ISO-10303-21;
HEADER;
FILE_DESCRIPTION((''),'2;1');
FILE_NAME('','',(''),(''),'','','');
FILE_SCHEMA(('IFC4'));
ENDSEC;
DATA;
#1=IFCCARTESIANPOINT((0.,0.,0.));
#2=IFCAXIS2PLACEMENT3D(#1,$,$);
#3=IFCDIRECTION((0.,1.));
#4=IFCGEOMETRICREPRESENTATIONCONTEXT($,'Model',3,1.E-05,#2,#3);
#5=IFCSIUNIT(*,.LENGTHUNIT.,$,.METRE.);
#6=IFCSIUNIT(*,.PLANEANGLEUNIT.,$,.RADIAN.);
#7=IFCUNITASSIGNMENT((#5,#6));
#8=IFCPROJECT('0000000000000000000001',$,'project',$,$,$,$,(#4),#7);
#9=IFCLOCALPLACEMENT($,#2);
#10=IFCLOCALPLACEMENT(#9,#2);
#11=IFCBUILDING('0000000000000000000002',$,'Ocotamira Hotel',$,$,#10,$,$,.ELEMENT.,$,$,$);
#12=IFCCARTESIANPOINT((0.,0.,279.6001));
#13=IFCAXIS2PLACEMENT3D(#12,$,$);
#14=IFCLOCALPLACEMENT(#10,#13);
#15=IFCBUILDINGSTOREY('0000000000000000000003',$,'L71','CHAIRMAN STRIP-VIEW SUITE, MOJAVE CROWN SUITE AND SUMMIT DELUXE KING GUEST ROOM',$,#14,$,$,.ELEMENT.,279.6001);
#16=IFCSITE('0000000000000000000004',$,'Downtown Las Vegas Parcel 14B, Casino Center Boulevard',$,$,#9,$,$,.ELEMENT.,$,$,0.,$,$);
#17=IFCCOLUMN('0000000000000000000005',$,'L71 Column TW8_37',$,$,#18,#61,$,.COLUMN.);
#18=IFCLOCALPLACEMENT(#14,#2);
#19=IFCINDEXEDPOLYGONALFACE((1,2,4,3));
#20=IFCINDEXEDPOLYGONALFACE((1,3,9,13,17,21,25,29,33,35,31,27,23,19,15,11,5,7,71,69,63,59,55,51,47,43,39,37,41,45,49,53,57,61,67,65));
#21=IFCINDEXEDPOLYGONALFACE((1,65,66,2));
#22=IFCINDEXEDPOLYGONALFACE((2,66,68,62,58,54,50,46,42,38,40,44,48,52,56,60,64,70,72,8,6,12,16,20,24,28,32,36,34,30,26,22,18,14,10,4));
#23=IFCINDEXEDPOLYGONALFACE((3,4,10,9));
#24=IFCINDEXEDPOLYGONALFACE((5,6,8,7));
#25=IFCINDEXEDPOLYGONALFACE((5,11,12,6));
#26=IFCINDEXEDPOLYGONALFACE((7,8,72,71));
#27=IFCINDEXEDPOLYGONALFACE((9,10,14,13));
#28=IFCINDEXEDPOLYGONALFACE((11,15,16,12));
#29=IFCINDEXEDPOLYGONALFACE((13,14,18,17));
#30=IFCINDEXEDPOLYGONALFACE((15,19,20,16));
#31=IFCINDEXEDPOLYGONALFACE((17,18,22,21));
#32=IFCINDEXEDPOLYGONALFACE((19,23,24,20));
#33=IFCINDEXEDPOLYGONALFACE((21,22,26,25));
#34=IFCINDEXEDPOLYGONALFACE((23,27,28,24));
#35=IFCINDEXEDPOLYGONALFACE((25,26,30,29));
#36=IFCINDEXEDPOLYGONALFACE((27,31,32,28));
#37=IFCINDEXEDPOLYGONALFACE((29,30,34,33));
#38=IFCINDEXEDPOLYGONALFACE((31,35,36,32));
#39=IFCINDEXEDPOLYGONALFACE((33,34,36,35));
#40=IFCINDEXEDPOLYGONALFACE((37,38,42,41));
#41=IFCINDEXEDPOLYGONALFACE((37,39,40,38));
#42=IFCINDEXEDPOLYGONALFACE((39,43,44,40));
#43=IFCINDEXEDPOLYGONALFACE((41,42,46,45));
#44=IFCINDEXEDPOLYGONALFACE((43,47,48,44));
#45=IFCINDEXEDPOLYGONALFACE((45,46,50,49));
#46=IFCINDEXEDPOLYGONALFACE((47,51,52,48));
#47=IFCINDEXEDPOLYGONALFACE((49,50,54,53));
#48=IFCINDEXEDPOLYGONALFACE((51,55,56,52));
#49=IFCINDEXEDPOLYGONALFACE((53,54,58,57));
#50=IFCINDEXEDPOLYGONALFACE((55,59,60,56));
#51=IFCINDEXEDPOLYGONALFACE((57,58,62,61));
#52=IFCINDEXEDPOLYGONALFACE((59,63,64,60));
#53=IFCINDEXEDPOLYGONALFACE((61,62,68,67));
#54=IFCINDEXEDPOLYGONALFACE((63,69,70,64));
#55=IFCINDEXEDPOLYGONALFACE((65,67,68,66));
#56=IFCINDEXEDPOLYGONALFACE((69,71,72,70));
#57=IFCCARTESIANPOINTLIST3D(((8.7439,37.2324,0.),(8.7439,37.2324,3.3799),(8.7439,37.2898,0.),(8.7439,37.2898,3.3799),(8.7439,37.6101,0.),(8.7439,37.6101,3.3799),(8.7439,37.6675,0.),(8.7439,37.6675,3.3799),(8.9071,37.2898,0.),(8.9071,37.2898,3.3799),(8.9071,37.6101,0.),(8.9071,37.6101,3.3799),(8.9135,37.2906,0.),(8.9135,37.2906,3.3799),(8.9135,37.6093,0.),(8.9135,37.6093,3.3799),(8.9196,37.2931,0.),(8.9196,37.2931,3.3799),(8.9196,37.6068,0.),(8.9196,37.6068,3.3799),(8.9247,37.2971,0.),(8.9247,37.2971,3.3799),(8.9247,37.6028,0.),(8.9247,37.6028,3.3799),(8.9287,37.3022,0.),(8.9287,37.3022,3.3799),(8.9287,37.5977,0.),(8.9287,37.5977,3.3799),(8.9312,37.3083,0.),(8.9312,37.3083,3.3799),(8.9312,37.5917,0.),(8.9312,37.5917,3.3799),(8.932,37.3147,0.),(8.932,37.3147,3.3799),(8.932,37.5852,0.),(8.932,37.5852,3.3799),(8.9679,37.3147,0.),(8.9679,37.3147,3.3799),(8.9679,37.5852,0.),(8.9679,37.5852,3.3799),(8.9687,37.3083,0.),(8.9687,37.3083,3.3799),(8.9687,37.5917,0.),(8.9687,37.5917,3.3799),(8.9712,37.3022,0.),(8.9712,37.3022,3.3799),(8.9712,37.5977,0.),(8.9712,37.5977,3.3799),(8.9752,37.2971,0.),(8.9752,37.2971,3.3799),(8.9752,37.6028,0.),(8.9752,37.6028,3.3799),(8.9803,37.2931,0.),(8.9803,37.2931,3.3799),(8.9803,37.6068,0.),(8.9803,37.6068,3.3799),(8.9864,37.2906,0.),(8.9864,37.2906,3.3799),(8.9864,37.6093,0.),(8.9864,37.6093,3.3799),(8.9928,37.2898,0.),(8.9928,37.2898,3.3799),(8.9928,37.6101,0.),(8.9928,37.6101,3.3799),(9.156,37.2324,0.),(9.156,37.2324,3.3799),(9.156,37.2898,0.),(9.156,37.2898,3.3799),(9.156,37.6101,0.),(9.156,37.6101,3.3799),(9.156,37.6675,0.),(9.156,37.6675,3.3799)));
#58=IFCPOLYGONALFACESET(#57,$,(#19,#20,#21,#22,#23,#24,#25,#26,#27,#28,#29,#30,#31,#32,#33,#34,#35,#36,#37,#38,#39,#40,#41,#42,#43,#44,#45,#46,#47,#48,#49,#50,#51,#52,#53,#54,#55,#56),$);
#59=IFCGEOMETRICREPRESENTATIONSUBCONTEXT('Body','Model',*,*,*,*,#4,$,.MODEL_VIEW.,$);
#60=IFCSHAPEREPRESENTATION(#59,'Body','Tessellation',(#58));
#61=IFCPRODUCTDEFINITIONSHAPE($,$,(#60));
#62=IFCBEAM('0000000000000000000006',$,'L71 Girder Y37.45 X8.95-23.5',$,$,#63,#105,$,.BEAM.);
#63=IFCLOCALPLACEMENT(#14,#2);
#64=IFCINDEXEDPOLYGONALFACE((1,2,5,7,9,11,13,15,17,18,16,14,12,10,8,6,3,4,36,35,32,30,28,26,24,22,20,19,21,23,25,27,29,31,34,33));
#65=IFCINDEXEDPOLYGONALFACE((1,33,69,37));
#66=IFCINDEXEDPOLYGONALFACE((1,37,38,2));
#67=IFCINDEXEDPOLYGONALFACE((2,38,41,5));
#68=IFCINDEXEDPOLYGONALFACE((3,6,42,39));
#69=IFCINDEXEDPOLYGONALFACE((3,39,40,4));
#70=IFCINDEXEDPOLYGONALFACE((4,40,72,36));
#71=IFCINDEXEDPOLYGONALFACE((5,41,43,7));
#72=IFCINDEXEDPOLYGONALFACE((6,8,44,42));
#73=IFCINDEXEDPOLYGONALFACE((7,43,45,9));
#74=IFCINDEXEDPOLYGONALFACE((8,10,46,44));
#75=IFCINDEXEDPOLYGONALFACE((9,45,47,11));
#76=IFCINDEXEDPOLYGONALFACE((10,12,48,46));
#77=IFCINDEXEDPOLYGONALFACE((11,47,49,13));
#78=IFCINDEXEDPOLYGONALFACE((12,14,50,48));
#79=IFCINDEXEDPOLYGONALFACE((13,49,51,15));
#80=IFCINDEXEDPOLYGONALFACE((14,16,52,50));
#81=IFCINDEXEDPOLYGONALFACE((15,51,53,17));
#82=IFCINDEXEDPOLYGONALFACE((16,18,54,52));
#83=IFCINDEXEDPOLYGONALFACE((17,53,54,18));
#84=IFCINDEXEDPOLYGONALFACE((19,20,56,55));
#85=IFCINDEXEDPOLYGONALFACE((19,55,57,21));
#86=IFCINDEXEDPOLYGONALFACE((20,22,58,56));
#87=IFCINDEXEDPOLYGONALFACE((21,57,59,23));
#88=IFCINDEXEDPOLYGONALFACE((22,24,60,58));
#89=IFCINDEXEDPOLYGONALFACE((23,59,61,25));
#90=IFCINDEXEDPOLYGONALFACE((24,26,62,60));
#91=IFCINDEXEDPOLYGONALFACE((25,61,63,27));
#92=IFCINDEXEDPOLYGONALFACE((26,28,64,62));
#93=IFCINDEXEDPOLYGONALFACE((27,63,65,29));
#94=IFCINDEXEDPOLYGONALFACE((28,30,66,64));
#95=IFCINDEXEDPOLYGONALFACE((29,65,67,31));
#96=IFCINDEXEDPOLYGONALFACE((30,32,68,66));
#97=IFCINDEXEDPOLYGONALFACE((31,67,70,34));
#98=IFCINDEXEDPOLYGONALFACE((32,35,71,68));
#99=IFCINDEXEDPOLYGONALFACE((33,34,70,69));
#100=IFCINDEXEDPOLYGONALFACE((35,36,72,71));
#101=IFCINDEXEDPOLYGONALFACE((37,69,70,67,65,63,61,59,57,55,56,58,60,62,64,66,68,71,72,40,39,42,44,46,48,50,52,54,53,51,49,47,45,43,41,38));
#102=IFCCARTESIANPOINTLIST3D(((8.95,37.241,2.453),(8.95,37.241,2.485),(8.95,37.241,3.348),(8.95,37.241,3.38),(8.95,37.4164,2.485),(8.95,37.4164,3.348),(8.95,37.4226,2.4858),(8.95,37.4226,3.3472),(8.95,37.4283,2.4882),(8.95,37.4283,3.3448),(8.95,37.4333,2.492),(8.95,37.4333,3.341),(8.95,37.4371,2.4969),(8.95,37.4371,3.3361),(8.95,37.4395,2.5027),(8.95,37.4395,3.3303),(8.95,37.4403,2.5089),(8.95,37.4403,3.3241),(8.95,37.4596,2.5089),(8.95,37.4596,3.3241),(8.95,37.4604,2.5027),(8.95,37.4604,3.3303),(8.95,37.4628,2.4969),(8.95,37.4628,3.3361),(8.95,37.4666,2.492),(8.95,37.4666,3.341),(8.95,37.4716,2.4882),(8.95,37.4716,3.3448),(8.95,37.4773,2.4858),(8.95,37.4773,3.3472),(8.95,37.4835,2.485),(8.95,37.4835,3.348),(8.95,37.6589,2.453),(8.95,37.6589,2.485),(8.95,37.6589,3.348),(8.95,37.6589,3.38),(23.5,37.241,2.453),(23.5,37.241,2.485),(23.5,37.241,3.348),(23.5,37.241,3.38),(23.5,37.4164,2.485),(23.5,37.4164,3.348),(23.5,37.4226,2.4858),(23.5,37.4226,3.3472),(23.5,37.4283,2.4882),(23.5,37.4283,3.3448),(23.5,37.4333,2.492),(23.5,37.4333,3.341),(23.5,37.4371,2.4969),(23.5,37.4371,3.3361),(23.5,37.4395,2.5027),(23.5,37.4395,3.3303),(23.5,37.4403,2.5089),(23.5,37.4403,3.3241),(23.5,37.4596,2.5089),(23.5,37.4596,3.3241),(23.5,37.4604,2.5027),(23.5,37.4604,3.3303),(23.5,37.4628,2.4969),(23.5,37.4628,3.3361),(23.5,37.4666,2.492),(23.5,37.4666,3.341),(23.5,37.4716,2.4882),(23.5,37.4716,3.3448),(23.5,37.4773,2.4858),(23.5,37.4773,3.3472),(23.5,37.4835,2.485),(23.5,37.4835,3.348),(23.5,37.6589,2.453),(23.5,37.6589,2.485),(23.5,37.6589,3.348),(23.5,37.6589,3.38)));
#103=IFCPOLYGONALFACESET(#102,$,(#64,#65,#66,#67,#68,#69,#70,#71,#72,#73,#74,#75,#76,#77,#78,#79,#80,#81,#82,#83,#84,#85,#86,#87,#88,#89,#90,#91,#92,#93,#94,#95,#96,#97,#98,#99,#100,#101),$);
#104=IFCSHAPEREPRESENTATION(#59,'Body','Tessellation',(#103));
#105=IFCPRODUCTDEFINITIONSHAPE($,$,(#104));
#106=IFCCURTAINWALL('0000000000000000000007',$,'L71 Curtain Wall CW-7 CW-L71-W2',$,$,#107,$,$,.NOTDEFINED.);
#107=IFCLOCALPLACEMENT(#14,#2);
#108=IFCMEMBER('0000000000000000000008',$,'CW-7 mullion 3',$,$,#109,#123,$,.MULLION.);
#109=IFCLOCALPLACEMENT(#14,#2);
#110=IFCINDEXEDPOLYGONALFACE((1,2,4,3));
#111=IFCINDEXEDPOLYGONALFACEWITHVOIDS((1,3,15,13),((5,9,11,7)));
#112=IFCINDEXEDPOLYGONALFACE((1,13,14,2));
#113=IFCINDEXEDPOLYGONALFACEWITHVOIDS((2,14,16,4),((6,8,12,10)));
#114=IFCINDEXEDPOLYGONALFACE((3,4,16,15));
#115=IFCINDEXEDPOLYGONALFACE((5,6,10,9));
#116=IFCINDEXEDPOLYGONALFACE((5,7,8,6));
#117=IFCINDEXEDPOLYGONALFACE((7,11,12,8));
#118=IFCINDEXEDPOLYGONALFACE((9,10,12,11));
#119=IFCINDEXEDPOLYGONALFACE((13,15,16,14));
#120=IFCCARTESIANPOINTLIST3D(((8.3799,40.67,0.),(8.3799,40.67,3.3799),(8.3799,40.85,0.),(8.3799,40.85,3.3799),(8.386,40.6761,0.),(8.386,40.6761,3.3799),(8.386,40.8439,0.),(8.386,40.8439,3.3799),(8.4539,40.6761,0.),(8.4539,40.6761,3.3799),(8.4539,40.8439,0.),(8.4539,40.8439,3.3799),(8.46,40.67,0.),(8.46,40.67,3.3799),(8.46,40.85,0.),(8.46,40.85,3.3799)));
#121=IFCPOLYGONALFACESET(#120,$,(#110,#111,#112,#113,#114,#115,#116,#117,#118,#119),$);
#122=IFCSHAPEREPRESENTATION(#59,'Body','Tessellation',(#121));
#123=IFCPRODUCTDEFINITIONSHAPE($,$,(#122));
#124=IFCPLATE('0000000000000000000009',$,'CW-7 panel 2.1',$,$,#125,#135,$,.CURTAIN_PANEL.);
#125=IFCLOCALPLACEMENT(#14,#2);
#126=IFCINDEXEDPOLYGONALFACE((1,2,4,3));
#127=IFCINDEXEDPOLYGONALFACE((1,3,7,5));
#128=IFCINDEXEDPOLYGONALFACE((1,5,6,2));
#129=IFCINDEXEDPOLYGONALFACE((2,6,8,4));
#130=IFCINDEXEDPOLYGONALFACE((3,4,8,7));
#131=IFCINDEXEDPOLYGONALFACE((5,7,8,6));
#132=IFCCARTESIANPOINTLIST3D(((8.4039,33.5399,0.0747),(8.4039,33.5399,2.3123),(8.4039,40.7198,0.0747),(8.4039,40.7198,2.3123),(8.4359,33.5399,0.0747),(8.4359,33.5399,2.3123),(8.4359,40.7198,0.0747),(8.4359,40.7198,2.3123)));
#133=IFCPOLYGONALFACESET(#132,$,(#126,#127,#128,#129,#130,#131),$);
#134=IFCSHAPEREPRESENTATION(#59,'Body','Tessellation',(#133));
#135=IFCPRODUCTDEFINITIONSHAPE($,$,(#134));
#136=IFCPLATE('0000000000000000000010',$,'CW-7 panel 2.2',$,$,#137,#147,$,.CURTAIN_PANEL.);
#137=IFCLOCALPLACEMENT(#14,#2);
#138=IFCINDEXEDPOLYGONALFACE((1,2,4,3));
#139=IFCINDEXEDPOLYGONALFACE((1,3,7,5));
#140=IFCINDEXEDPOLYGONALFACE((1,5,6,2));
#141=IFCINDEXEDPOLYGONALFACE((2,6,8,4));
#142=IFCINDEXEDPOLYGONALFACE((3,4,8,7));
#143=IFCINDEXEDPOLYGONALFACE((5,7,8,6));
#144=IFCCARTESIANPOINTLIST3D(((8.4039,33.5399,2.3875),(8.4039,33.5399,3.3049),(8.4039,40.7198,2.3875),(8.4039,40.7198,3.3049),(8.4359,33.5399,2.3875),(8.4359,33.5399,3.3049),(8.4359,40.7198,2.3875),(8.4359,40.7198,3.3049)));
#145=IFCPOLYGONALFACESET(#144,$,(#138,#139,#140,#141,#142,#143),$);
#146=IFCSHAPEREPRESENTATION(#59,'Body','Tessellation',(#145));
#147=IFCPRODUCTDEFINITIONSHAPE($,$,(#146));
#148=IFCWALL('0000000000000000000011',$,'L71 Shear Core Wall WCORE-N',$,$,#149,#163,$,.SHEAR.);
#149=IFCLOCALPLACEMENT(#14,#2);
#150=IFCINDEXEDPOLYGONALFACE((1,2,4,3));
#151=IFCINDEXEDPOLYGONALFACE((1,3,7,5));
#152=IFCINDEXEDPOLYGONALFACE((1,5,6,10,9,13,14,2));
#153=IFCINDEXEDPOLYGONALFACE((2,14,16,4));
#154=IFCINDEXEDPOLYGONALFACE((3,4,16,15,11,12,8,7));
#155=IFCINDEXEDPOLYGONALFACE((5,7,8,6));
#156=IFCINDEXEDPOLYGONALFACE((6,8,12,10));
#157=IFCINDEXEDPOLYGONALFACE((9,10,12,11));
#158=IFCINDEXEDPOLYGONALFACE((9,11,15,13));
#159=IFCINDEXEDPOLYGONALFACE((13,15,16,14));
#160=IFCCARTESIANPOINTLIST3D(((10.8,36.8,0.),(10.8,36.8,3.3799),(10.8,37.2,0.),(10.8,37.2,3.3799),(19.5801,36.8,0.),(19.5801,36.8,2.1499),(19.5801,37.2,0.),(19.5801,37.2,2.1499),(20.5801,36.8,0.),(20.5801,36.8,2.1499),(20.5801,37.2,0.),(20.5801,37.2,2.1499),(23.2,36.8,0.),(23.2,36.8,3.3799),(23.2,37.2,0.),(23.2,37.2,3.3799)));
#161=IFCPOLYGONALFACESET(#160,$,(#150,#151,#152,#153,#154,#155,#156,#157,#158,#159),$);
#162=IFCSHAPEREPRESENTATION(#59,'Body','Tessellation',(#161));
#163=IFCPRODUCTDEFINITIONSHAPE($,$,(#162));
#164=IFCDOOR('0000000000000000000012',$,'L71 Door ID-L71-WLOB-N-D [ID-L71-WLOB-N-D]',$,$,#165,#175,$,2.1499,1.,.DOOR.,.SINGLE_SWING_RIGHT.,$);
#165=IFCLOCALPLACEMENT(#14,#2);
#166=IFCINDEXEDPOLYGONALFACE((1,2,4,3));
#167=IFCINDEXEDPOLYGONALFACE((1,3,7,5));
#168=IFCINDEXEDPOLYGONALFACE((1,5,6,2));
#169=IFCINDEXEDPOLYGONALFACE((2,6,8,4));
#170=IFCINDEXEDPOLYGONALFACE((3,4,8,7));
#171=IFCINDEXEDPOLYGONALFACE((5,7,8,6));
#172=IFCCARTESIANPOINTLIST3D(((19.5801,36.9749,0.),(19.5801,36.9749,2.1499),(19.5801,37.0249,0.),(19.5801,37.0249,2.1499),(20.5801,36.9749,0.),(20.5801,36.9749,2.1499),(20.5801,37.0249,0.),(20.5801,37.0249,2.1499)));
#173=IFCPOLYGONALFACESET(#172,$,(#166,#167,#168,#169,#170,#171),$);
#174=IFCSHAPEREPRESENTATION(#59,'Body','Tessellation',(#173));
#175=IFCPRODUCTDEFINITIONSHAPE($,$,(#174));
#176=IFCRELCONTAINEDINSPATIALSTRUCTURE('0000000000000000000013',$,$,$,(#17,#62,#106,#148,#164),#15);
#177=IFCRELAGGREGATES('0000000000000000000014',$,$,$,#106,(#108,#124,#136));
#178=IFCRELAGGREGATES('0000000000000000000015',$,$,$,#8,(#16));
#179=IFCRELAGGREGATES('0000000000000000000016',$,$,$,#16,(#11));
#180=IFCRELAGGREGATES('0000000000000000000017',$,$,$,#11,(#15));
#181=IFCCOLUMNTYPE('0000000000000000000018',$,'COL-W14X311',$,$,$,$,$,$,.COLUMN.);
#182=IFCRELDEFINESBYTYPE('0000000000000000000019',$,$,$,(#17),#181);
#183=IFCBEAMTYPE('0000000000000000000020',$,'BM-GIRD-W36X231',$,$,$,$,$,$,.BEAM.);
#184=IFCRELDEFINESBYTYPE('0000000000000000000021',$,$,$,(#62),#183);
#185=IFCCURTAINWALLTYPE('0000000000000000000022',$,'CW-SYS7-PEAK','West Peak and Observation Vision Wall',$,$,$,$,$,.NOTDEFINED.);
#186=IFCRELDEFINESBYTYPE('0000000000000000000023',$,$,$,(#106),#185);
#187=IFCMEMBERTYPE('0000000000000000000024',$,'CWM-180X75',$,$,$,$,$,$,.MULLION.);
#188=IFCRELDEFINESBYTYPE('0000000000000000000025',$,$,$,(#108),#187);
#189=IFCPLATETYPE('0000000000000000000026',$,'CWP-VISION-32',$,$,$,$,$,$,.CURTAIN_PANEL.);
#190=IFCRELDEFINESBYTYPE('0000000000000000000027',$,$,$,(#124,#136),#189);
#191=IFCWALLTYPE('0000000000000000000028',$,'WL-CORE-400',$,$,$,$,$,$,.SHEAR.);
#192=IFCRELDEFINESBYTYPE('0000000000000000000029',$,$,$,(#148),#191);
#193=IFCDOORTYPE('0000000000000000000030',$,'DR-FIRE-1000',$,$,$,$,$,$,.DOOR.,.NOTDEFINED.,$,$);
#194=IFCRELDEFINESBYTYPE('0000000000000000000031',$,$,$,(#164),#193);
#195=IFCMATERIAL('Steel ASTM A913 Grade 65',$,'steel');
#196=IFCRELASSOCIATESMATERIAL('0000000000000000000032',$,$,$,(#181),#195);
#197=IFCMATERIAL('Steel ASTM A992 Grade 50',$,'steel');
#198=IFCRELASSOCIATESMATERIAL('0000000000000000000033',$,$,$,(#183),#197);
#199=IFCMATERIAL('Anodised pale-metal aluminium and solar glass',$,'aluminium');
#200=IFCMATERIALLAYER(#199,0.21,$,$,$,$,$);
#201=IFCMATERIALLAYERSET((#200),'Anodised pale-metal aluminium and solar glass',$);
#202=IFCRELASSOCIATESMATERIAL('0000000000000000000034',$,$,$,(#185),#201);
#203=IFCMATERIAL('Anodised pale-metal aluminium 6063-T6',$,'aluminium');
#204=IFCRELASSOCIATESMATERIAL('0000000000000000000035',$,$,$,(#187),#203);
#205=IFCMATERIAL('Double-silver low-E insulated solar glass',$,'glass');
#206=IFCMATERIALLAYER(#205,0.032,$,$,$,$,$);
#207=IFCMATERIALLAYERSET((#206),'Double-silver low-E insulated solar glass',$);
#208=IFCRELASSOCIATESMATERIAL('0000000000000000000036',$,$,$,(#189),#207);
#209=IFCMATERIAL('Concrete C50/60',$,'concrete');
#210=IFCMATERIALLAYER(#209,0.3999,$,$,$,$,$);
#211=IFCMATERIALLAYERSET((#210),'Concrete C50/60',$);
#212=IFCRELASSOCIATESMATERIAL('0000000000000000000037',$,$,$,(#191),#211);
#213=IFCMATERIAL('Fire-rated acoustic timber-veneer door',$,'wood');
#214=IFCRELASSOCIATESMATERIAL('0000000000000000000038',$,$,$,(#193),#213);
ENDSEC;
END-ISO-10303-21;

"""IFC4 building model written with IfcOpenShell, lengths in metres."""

from ifc_helpers import new_model, si_unit, direction, frame, frame_2d, origin, origin_2d, place, context, subcontext, project, spatial, rectangle, hollow_rectangle, i_section, extrude, source, transform, mapped, material, layer, layer_set, material_profile, profile_set, type_object, element, fill, aggregate, save


model = new_model("IFC4")

# Units and contexts
model_context = context("Model", 3, precision=1e-05, world=origin(), true_north=direction((0.0, 1.0)))
body_context = subcontext(model_context, "Body", "Model", "MODEL_VIEW")
ifc_project = project(units=[si_unit("LENGTHUNIT", "METRE"), si_unit("PLANEANGLEUNIT", "RADIAN")], contexts=[model_context])

# Site, building, storey
site_placement = place(None, origin())
site = spatial("IfcSite", under=ifc_project, at=site_placement, Name="Downtown Las Vegas Parcel 14B, Casino Center Boulevard", CompositionType="ELEMENT", RefElevation=0.0)
building_placement = place(site_placement, origin())
building = spatial("IfcBuilding", under=site, at=building_placement, Name="Ocotamira Hotel", CompositionType="ELEMENT")
storey_placement = place(building_placement, frame((0.0, 0.0, 279.6001)))
storey = spatial("IfcBuildingStorey", under=building, at=storey_placement, Name="L71", Description="CHAIRMAN STRIP-VIEW SUITE, MOJAVE CROWN SUITE AND SUMMIT DELUXE KING GUEST ROOM", CompositionType="ELEMENT", Elevation=279.6001)

# Column
ifc_material_1 = material(Name="Steel ASTM A913 Grade 65", Category="steel")
ifc_material_profile_1 = material_profile(ifc_material_1, i_section(OverallWidth=0.4121, OverallDepth=0.4351, WebThickness=0.0359, FlangeThickness=0.0574, FilletRadius=0.0249, at=origin_2d()), Name="W14X311")
ifc_profile_set_1 = profile_set([ifc_material_profile_1], Name="Steel ASTM A913 Grade 65")
column_type = type_object("IfcColumnType", Name="COL-W14X311", PredefinedType="COLUMN", material=ifc_profile_set_1)
shared_shape_1 = source(origin(), body_context, "Body", "SweptSolid", [
    extrude(i_section(OverallWidth=0.4121, OverallDepth=0.4351, WebThickness=0.0359, FlangeThickness=0.0574, FilletRadius=0.0249, at=origin_2d()), origin(), (0.0, 0.0, 1.0), 3.3799),
])
column_placement = place(storey_placement, frame((8.95, 37.45, 0.0), z_axis=(0.0, 0.0, 1.0), x_axis=(1.0, 0.0, 0.0)))
element("IfcColumn", 1, at=column_placement, inside=storey, type_object=column_type, Name="L71 Column TW8_37", PredefinedType="COLUMN", context=body_context, shape_type="MappedRepresentation", body=[
    mapped(shared_shape_1, transform((0.0, 0.0, 0.0), scale=1.0)),
])

# Beam
ifc_material_2 = material(Name="Steel ASTM A992 Grade 50", Category="steel")
ifc_material_profile_2 = material_profile(ifc_material_2, i_section(OverallWidth=0.418, OverallDepth=0.927, WebThickness=0.0193, FlangeThickness=0.032, FilletRadius=0.0239, at=origin_2d()), Name="W36X231")
ifc_profile_set_2 = profile_set([ifc_material_profile_2], Name="Steel ASTM A992 Grade 50")
beam_type = type_object("IfcBeamType", Name="BM-GIRD-W36X231", PredefinedType="BEAM", material=ifc_profile_set_2)
shared_shape_2 = source(origin(), body_context, "Body", "SweptSolid", [
    extrude(i_section(OverallWidth=0.418, OverallDepth=0.927, WebThickness=0.0193, FlangeThickness=0.032, FilletRadius=0.0239, at=origin_2d()), origin(), (0.0, 0.0, 1.0), 14.55),
])
beam_placement = place(storey_placement, frame((8.95, 37.45, 2.9165), z_axis=(1.0, 0.0, 0.0), x_axis=(0.0, 1.0, 0.0)))
element("IfcBeam", 2, at=beam_placement, inside=storey, type_object=beam_type, Name="L71 Girder Y37.45 X8.95-23.5", PredefinedType="BEAM", context=body_context, shape_type="MappedRepresentation", body=[
    mapped(shared_shape_2, transform((0.0, 0.0, 0.0), scale=1.0)),
])

# Curtain wall, member, plates
ifc_material_3 = material(Name="Anodised pale-metal aluminium and solar glass", Category="aluminium")
ifc_layer_1 = layer(ifc_material_3, 0.21)
ifc_layer_set_1 = layer_set([ifc_layer_1], Name="Anodised pale-metal aluminium and solar glass")
curtain_wall_type = type_object("IfcCurtainWallType", Name="CW-SYS7-PEAK", Description="West Peak and Observation Vision Wall", PredefinedType="NOTDEFINED", material=ifc_layer_set_1)
curtain_wall_placement = place(storey_placement, origin())
curtain_wall = element("IfcCurtainWall", 3, at=curtain_wall_placement, inside=storey, type_object=curtain_wall_type, Name="L71 Curtain Wall CW-7 CW-L71-W2", PredefinedType="NOTDEFINED")
ifc_material_4 = material(Name="Anodised pale-metal aluminium 6063-T6", Category="aluminium")
ifc_material_profile_3 = material_profile(ifc_material_4, hollow_rectangle(XDim=0.0801, YDim=0.1799, WallThickness=0.0061, at=origin_2d()), Name="HSS180X80X6")
ifc_profile_set_3 = profile_set([ifc_material_profile_3], Name="Anodised pale-metal aluminium 6063-T6")
member_type = type_object("IfcMemberType", Name="CWM-180X75", PredefinedType="MULLION", material=ifc_profile_set_3)
shared_shape_3 = source(origin(), body_context, "Body", "SweptSolid", [
    extrude(hollow_rectangle(XDim=0.0801, YDim=0.1799, WallThickness=0.0061, at=origin_2d()), origin(), (0.0, 0.0, 1.0), 3.3799),
])
member_placement = place(storey_placement, frame((8.4199, 40.76, 0.0), z_axis=(0.0, 0.0, 1.0), x_axis=(-1.0, 0.0, 0.0)))
member = element("IfcMember", 4, at=member_placement, type_object=member_type, Name="CW-7 mullion 3", PredefinedType="MULLION", context=body_context, shape_type="MappedRepresentation", body=[
    mapped(shared_shape_3, transform((0.0, 0.0, 0.0), scale=1.0)),
])
ifc_material_5 = material(Name="Double-silver low-E insulated solar glass", Category="glass")
ifc_layer_2 = layer(ifc_material_5, 0.032)
ifc_layer_set_2 = layer_set([ifc_layer_2], Name="Double-silver low-E insulated solar glass")
plate_type = type_object("IfcPlateType", Name="CWP-VISION-32", PredefinedType="CURTAIN_PANEL", material=ifc_layer_set_2)
shared_shape_4 = source(origin(), body_context, "Body", "SweptSolid", [
    extrude(rectangle(XDim=7.1799, YDim=0.032, at=origin_2d()), origin(), (0.0, 0.0, 1.0), 2.2375),
])
plate_1_placement = place(storey_placement, frame((8.4199, 37.1299, 0.0747), z_axis=(0.0, 0.0, 1.0), x_axis=(0.0, 1.0, 0.0)))
plate_1 = element("IfcPlate", 5, at=plate_1_placement, type_object=plate_type, Name="CW-7 panel 2.1", PredefinedType="CURTAIN_PANEL", context=body_context, shape_type="MappedRepresentation", body=[
    mapped(shared_shape_4, transform((0.0, 0.0, 0.0), scale=1.0)),
])
shared_shape_5 = source(origin(), body_context, "Body", "SweptSolid", [
    extrude(rectangle(XDim=7.1799, YDim=0.032, at=origin_2d()), origin(), (0.0, 0.0, 1.0), 0.9175),
])
plate_2_placement = place(storey_placement, frame((8.4199, 37.1299, 2.3875), z_axis=(0.0, 0.0, 1.0), x_axis=(0.0, 1.0, 0.0)))
plate_2 = element("IfcPlate", 6, at=plate_2_placement, type_object=plate_type, Name="CW-7 panel 2.2", PredefinedType="CURTAIN_PANEL", context=body_context, shape_type="MappedRepresentation", body=[
    mapped(shared_shape_5, transform((0.0, 0.0, 0.0), scale=1.0)),
])
aggregate(curtain_wall, [member, plate_1, plate_2])

# Wall, opening, door
ifc_material_6 = material(Name="Concrete C50/60", Category="concrete")
ifc_layer_3 = layer(ifc_material_6, 0.3999)
ifc_layer_set_3 = layer_set([ifc_layer_3], Name="Concrete C50/60")
wall_type_1 = type_object("IfcWallType", Name="WL-CORE-400", PredefinedType="SHEAR", material=ifc_layer_set_3)
wall_1_placement = place(storey_placement, frame((10.8, 37.0, 0.0), z_axis=(0.0, 0.0, 1.0), x_axis=(1.0, 0.0, 0.0)))
wall_1 = element("IfcWall", 7, at=wall_1_placement, inside=storey, type_object=wall_type_1, Name="L71 Shear Core Wall WCORE-N", PredefinedType="SHEAR", context=body_context, shape_type="SweptSolid", body=[
    extrude(rectangle(XDim=12.3999, YDim=0.3999, at=frame_2d((6.2, 0.0))), origin(), (0.0, 0.0, 1.0), 3.3799),
])
opening_1_placement = place(wall_1_placement, frame((8.78, 0.0, 0.0)))
opening_1 = element("IfcOpeningElement", 8, at=opening_1_placement, cuts=wall_1, PredefinedType="OPENING", context=body_context, shape_type="SweptSolid", body=[
    extrude(rectangle(XDim=1.0, YDim=2.1499, at=frame_2d((0.5, 1.075))), frame((0.0, 0.21, 0.0), z_axis=(0.0, -1.0, 0.0), x_axis=(1.0, 0.0, 0.0)), (0.0, 0.0, 1.0), 0.4199),
])
ifc_material_7 = material(Name="Fire-rated acoustic timber-veneer door", Category="wood")
door_type_1 = type_object("IfcDoorType", Name="DR-FIRE-1000", OperationType="NOTDEFINED", PredefinedType="DOOR", material=ifc_material_7)
shared_shape_6 = source(origin(), body_context, "Body", "SweptSolid", [
    extrude(rectangle(XDim=1.0, YDim=2.1499, at=frame_2d((0.5, 1.075))), frame((0.0, 0.0249, 0.0), z_axis=(0.0, -1.0, 0.0), x_axis=(1.0, 0.0, 0.0)), (0.0, 0.0, 1.0), 0.05),
])
door_1_placement = place(opening_1_placement, origin())
door_1 = element("IfcDoor", 9, at=door_1_placement, inside=storey, type_object=door_type_1, Name="L71 Door ID-L71-WLOB-N-D [ID-L71-WLOB-N-D]", OperationType="SINGLE_SWING_RIGHT", OverallHeight=2.1499, OverallWidth=1.0, PredefinedType="DOOR", context=body_context, shape_type="MappedRepresentation", body=[
    mapped(shared_shape_6, transform((0.0, 0.0, 0.0), scale=1.0)),
])
fill(opening_1, door_1)

save(model, "model.ifc")
